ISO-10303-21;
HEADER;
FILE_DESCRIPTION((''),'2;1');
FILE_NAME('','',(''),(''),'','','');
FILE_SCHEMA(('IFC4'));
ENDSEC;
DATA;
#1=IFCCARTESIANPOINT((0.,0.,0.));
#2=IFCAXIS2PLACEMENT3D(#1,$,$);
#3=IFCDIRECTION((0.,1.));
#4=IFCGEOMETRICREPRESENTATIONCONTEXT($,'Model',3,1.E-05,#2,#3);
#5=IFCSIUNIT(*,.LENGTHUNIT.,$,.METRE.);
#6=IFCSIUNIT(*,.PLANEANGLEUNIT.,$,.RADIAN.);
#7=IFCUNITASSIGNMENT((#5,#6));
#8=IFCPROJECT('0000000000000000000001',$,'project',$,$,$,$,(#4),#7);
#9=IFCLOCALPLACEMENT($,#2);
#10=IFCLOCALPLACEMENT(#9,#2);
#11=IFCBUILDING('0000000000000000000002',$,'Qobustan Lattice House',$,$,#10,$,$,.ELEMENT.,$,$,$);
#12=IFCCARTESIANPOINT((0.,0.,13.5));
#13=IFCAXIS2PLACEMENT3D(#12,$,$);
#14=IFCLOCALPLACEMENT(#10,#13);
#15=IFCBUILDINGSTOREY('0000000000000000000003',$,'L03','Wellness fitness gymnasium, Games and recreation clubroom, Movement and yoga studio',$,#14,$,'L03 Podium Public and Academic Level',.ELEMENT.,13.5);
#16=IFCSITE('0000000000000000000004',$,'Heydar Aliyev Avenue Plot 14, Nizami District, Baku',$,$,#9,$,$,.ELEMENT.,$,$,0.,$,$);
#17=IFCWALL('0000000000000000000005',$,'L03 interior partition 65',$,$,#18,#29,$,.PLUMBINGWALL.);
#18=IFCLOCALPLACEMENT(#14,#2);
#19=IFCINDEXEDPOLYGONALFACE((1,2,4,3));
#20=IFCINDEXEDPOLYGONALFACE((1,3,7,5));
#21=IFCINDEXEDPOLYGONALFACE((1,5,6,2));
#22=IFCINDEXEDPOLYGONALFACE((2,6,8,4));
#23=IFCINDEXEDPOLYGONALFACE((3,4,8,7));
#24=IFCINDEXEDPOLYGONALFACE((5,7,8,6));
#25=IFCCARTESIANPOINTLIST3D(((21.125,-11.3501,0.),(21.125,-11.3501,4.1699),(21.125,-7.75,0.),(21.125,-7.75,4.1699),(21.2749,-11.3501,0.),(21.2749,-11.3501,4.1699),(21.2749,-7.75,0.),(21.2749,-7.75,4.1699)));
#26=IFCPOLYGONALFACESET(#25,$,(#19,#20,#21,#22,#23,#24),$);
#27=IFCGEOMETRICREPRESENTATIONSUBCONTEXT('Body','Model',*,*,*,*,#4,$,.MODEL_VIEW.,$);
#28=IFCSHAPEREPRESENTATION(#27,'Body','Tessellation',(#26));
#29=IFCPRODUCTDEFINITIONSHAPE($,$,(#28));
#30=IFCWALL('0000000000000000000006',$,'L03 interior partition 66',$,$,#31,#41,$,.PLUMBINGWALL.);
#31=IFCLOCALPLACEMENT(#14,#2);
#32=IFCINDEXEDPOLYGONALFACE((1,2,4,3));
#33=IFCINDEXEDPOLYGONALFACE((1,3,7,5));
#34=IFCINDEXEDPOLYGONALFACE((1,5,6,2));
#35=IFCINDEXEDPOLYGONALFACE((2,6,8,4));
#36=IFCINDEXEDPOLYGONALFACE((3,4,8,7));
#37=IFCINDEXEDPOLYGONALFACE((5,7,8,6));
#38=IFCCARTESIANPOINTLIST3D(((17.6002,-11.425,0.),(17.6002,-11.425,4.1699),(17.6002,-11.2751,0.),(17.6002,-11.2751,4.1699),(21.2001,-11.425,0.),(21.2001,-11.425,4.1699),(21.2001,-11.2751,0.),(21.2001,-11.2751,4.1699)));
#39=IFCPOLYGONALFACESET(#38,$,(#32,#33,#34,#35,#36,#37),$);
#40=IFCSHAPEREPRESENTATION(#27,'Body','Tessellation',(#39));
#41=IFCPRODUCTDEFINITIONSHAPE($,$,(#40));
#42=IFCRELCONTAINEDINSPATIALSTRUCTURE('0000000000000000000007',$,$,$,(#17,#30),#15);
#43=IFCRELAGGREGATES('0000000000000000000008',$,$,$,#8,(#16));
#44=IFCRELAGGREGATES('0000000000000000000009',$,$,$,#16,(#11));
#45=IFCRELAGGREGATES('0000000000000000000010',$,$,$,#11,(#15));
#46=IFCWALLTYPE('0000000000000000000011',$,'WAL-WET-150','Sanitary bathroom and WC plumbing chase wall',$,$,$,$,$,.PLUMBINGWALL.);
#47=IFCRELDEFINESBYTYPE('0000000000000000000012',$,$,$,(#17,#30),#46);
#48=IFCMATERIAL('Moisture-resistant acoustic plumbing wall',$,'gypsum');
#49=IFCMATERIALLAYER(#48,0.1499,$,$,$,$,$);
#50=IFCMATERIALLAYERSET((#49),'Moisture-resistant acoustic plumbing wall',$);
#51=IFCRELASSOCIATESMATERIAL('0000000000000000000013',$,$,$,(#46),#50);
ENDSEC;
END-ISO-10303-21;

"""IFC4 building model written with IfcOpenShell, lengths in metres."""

from ifc_helpers import new_model, si_unit, direction, frame, frame_2d, origin, place, context, subcontext, project, spatial, rectangle, extrude, material, layer, layer_set, type_object, element, save


model = new_model("IFC4")

# Units and contexts
model_context = context("Model", 3, precision=1e-05, world=origin(), true_north=direction((0.0, 1.0)))
body_context = subcontext(model_context, "Body", "Model", "MODEL_VIEW")
ifc_project = project(units=[si_unit("LENGTHUNIT", "METRE"), si_unit("PLANEANGLEUNIT", "RADIAN")], contexts=[model_context])

# Site, building, storey
site_placement = place(None, origin())
site = spatial("IfcSite", under=ifc_project, at=site_placement, Name="Heydar Aliyev Avenue Plot 14, Nizami District, Baku", CompositionType="ELEMENT", RefElevation=0.0)
building_placement = place(site_placement, origin())
building = spatial("IfcBuilding", under=site, at=building_placement, Name="Qobustan Lattice House", CompositionType="ELEMENT")
storey_placement = place(building_placement, frame((0.0, 0.0, 13.5)))
storey = spatial("IfcBuildingStorey", under=building, at=storey_placement, Name="L03", Description="Wellness fitness gymnasium, Games and recreation clubroom, Movement and yoga studio", LongName="L03 Podium Public and Academic Level", CompositionType="ELEMENT", Elevation=13.5)

# Shared definitions
ifc_material_1 = material(Name="Moisture-resistant acoustic plumbing wall", Category="gypsum")
ifc_layer_1 = layer(ifc_material_1, 0.1499)
ifc_layer_set_1 = layer_set([ifc_layer_1], Name="Moisture-resistant acoustic plumbing wall")
wall_type_1 = type_object("IfcWallType", Name="WAL-WET-150", Description="Sanitary bathroom and WC plumbing chase wall", PredefinedType="PLUMBINGWALL", material=ifc_layer_set_1)

# Walls
wall_1_placement = place(storey_placement, frame((21.2, -7.75, 0.0), z_axis=(0.0, 0.0, 1.0), x_axis=(0.0, -1.0, 0.0)))
element("IfcWall", 1, at=wall_1_placement, inside=storey, type_object=wall_type_1, Name="L03 interior partition 65", PredefinedType="PLUMBINGWALL", context=body_context, shape_type="SweptSolid", body=[
    extrude(rectangle(XDim=3.6001, YDim=0.1499, at=frame_2d((1.8, 0.0))), origin(), (0.0, 0.0, 1.0), 4.1699),
])
wall_2_placement = place(storey_placement, frame((21.2, -11.3501, 0.0), z_axis=(0.0, 0.0, 1.0), x_axis=(-1.0, 0.0, 0.0)))
element("IfcWall", 2, at=wall_2_placement, inside=storey, type_object=wall_type_1, Name="L03 interior partition 66", PredefinedType="PLUMBINGWALL", context=body_context, shape_type="SweptSolid", body=[
    extrude(rectangle(XDim=3.5999, YDim=0.1499, at=frame_2d((1.7998, 0.0))), origin(), (0.0, 0.0, 1.0), 4.1699),
])

save(model, "model.ifc")
